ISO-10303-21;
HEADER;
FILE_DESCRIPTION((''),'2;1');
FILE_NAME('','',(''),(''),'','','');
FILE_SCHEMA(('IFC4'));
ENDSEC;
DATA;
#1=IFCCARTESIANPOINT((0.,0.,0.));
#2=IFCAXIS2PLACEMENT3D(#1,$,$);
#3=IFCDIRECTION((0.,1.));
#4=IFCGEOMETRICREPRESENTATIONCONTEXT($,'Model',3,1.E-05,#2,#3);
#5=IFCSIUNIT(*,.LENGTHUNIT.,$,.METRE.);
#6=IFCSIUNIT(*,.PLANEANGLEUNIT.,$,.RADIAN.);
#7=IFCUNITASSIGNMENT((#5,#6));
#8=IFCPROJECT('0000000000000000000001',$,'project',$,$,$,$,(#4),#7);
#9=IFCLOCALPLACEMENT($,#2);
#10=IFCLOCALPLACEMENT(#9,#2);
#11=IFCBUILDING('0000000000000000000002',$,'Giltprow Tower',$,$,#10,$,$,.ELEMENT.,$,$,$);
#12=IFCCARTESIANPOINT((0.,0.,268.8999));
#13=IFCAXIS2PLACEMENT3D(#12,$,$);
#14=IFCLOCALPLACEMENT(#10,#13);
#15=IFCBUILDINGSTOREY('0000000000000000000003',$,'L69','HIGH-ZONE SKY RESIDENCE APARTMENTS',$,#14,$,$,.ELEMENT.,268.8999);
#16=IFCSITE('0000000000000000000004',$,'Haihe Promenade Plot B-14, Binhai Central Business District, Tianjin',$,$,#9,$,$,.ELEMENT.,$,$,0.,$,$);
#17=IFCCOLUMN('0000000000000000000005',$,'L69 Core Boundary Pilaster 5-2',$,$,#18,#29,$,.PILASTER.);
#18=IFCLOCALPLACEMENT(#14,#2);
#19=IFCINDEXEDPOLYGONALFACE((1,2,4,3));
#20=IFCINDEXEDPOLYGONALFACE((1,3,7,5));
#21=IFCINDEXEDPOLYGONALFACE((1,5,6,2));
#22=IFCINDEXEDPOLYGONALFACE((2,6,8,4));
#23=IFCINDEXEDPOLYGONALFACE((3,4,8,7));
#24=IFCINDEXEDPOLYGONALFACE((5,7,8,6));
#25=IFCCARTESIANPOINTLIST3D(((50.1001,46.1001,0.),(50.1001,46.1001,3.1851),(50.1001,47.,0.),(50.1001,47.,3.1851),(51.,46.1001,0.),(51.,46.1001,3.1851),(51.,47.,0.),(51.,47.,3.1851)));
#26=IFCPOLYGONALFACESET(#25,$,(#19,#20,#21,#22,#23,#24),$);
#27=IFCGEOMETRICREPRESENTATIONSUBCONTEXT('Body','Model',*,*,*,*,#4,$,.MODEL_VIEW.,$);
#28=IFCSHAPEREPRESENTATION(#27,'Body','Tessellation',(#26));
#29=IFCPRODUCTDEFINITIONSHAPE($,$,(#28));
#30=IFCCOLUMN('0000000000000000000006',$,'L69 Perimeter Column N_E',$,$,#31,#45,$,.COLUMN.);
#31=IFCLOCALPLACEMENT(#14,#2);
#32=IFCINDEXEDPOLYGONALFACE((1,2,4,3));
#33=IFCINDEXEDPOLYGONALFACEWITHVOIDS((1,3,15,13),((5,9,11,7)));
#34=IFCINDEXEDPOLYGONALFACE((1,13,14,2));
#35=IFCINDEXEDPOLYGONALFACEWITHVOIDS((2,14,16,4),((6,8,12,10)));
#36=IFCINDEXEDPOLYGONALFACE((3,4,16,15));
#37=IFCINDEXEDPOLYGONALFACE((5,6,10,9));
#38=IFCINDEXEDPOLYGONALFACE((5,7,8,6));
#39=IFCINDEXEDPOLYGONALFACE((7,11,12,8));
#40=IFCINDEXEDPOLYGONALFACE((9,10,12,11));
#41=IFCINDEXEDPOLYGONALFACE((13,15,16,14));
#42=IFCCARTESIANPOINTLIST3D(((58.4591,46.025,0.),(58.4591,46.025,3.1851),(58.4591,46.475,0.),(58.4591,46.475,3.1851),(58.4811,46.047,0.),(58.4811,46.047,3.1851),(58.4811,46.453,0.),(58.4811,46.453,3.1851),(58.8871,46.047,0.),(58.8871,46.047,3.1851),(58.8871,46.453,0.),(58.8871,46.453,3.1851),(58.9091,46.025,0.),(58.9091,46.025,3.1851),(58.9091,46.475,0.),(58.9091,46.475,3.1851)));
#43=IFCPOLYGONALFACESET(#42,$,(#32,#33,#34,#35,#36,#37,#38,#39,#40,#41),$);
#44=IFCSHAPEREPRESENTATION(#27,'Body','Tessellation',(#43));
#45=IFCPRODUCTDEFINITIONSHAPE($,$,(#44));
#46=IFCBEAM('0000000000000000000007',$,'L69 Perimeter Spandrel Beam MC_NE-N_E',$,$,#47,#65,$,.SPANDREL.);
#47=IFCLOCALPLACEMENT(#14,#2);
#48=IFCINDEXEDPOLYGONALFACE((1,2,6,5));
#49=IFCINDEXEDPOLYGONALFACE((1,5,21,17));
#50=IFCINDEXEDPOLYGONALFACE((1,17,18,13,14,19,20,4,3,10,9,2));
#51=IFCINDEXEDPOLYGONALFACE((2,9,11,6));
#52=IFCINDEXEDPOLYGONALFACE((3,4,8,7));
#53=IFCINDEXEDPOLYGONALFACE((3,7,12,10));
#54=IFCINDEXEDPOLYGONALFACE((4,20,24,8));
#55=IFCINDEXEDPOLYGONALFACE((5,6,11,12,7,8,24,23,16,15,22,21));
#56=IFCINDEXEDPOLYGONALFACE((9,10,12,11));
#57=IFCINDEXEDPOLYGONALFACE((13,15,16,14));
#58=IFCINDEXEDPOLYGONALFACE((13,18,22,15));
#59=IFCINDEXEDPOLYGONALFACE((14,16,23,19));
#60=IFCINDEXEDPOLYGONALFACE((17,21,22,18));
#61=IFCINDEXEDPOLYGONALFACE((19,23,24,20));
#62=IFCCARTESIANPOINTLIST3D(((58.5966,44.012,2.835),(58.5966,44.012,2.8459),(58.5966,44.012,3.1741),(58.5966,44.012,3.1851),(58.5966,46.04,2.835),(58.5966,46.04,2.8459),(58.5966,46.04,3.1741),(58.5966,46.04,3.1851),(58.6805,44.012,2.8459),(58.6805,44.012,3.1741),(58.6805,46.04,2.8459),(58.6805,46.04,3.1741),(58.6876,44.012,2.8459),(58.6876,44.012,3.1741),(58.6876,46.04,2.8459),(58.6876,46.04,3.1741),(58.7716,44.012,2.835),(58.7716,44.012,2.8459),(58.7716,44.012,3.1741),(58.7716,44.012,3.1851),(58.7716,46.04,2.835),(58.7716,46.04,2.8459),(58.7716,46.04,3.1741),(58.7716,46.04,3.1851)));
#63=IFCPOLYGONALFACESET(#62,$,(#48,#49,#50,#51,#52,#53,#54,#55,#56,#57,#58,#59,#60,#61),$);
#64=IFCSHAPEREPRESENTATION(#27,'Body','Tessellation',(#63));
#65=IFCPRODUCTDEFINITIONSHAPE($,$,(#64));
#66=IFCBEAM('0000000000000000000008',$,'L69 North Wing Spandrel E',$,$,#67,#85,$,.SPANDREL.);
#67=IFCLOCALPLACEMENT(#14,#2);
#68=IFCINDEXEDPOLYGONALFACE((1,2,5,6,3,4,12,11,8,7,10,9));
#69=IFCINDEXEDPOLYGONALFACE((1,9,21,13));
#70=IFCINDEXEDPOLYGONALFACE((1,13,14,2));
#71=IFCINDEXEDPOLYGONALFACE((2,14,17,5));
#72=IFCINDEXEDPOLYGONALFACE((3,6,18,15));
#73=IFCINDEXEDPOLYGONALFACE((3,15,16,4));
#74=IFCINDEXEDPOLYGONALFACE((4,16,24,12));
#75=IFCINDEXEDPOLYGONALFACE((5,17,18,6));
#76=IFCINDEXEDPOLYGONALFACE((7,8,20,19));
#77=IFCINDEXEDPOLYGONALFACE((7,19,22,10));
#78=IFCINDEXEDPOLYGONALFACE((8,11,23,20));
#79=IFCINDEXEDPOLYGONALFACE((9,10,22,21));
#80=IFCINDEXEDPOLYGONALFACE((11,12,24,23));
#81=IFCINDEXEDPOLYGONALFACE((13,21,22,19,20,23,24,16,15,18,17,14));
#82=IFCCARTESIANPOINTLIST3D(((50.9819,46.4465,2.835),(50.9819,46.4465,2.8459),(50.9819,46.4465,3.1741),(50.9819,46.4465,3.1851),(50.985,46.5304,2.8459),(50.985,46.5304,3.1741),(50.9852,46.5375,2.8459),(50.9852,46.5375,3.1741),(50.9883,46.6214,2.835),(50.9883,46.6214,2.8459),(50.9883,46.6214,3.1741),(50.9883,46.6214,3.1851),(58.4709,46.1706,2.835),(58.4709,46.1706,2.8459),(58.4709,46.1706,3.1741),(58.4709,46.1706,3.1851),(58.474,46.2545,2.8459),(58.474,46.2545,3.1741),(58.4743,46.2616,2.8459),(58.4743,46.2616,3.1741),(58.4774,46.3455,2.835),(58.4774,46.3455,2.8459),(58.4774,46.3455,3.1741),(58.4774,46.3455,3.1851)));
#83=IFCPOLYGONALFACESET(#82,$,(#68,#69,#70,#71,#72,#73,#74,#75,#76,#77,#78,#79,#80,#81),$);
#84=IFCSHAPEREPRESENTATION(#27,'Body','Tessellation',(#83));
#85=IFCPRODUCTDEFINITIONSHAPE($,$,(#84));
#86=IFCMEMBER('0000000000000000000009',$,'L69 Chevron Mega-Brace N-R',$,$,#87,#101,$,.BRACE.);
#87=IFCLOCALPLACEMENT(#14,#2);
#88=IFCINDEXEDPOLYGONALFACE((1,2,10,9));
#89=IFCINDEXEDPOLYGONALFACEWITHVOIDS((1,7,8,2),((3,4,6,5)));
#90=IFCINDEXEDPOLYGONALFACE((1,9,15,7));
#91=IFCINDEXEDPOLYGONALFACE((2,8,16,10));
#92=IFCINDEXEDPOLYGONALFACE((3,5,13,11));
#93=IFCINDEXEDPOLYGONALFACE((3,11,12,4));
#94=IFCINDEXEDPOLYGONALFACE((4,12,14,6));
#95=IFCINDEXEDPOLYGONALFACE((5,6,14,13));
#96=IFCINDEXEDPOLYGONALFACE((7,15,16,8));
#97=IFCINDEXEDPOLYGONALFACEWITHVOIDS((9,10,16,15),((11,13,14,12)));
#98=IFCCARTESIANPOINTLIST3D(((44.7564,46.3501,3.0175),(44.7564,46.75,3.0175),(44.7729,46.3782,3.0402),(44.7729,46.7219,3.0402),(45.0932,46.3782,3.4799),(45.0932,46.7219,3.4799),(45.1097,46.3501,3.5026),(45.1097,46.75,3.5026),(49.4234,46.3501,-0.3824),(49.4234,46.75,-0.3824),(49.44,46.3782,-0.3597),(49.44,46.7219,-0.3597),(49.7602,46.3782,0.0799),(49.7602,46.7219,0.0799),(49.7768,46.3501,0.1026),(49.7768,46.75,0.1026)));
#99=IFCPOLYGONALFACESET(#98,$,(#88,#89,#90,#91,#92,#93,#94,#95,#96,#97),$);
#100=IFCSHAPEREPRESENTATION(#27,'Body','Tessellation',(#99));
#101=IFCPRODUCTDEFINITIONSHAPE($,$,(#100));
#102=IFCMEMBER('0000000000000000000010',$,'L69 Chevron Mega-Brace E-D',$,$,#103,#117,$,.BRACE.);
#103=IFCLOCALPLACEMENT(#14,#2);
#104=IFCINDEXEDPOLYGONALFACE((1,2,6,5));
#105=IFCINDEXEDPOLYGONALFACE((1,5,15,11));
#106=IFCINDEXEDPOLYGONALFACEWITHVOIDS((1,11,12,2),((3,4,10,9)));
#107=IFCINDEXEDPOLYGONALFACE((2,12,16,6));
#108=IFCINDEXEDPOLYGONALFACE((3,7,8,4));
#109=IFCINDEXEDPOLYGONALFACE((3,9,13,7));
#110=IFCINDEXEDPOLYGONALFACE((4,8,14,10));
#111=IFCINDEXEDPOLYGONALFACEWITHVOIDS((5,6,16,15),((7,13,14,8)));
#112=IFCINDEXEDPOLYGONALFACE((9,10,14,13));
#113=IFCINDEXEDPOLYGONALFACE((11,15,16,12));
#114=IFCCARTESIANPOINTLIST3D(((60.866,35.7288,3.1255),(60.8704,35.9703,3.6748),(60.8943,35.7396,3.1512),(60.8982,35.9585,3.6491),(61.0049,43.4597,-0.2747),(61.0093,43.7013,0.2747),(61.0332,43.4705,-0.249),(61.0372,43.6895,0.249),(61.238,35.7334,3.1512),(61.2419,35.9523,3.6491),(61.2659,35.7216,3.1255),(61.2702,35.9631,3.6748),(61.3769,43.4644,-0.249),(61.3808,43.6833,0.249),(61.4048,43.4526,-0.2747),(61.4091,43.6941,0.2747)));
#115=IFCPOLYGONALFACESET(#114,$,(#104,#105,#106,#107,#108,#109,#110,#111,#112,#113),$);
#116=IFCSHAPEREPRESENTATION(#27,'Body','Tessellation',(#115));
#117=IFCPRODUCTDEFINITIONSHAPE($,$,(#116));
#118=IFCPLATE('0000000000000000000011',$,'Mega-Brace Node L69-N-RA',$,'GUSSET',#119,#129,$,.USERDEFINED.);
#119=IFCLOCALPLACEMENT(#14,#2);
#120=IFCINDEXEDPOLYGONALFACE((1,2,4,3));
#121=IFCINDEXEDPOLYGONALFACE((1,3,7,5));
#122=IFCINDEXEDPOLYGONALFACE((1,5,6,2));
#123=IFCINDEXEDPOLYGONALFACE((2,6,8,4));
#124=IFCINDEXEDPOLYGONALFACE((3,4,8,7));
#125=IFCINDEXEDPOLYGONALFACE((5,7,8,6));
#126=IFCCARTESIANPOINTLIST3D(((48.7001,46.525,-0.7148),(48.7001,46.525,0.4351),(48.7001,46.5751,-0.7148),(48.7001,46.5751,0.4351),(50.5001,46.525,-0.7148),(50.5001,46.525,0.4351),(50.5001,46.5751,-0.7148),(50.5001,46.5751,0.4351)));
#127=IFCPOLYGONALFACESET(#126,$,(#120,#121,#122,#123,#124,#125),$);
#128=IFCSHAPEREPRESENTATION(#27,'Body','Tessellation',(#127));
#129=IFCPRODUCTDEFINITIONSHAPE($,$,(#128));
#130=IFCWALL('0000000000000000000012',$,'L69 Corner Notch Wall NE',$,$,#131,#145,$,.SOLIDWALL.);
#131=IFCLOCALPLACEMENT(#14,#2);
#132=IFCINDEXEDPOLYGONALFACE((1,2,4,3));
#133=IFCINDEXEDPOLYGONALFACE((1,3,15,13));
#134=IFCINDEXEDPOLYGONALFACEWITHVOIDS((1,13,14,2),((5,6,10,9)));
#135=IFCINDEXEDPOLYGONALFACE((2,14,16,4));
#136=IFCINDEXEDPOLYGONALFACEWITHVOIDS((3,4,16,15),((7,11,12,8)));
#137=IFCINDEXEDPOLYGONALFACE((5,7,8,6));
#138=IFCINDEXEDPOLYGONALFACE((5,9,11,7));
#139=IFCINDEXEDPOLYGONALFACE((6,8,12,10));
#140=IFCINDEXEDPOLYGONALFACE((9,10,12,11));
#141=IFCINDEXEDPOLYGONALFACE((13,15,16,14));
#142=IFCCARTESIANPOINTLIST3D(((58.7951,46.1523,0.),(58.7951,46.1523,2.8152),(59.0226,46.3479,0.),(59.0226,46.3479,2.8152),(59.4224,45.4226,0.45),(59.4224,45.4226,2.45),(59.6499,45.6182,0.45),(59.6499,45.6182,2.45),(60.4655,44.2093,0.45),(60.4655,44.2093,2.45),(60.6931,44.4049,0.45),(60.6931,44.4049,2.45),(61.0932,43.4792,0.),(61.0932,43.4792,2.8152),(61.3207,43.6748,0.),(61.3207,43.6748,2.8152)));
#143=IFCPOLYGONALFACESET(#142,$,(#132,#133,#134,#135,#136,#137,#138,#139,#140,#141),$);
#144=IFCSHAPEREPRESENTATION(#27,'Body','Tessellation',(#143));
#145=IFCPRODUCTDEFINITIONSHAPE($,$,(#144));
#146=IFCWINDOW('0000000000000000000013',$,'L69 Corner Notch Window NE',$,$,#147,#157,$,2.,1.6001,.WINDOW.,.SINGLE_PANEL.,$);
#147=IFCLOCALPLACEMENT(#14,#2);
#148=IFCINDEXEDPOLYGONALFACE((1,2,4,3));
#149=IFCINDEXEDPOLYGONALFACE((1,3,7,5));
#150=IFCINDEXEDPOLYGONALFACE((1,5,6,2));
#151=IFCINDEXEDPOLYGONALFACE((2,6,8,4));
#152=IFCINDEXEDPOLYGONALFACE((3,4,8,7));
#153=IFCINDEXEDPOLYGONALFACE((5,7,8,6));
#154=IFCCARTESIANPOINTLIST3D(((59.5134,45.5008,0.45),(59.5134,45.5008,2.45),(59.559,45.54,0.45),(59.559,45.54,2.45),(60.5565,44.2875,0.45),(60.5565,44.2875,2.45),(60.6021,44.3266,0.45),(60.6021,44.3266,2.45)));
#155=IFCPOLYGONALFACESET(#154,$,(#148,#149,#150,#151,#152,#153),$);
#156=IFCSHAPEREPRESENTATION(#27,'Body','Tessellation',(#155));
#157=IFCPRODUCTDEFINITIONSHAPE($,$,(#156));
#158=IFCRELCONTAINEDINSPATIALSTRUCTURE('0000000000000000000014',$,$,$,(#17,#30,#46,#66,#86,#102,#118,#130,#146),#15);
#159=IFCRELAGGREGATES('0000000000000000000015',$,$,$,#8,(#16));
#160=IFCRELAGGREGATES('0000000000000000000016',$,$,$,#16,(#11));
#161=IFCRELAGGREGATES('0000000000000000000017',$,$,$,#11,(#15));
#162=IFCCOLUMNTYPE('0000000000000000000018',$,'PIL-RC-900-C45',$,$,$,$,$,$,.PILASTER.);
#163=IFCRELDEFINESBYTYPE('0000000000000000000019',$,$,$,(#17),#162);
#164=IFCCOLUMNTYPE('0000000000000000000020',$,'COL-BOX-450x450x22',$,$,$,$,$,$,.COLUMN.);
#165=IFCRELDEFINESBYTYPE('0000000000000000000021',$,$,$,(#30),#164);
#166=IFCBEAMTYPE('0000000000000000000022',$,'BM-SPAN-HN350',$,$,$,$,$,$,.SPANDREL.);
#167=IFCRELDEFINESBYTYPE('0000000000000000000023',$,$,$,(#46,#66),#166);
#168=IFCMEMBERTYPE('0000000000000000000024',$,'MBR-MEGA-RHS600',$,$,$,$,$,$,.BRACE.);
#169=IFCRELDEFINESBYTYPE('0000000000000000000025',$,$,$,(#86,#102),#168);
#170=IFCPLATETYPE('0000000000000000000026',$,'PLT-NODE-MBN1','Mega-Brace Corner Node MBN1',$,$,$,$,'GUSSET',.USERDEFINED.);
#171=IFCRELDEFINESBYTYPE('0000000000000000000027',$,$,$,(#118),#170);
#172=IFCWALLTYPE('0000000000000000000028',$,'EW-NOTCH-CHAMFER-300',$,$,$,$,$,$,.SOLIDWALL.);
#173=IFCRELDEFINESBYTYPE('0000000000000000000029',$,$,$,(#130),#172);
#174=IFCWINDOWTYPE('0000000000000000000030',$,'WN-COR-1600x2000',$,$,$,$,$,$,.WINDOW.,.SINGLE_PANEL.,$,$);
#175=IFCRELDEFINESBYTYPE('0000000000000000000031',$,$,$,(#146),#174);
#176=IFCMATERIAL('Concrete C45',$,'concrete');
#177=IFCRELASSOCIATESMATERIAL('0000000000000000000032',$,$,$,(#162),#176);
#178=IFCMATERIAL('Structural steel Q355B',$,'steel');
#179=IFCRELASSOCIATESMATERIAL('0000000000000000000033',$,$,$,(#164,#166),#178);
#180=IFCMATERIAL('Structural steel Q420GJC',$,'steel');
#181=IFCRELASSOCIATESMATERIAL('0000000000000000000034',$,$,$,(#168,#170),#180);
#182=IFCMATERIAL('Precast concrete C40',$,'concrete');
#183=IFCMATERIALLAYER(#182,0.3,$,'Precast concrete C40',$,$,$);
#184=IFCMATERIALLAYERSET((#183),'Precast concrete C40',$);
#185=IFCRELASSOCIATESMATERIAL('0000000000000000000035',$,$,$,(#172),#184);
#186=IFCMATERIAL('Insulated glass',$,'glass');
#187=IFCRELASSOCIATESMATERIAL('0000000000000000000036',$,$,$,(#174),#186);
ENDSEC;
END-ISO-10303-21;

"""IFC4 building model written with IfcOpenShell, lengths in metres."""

from ifc_helpers import new_model, si_unit, direction, frame, frame_2d, origin, origin_2d, place, context, subcontext, project, spatial, rectangle, hollow_rectangle, i_section, extrude, source, transform, mapped, material, layer, layer_set, material_profile, profile_set, type_object, element, fill, save


model = new_model("IFC4")

# Units and contexts
model_context = context("Model", 3, precision=1e-05, world=origin(), true_north=direction((0.0, 1.0)))
body_context = subcontext(model_context, "Body", "Model", "MODEL_VIEW")
ifc_project = project(units=[si_unit("LENGTHUNIT", "METRE"), si_unit("PLANEANGLEUNIT", "RADIAN")], contexts=[model_context])

# Site, building, storey
site_placement = place(None, origin())
site = spatial("IfcSite", under=ifc_project, at=site_placement, Name="Haihe Promenade Plot B-14, Binhai Central Business District, Tianjin", CompositionType="ELEMENT", RefElevation=0.0)
building_placement = place(site_placement, origin())
building = spatial("IfcBuilding", under=site, at=building_placement, Name="Giltprow Tower", CompositionType="ELEMENT")
storey_placement = place(building_placement, frame((0.0, 0.0, 268.8999)))
storey = spatial("IfcBuildingStorey", under=building, at=storey_placement, Name="L69", Description="HIGH-ZONE SKY RESIDENCE APARTMENTS", CompositionType="ELEMENT", Elevation=268.8999)

# Columns
ifc_material_1 = material(Name="Concrete C45", Category="concrete")
ifc_material_profile_1 = material_profile(ifc_material_1, rectangle(XDim=0.8999, YDim=0.8999, at=origin_2d()), Name="RC 900x900")
ifc_profile_set_1 = profile_set([ifc_material_profile_1], Name="Concrete C45")
column_type_1 = type_object("IfcColumnType", Name="PIL-RC-900-C45", PredefinedType="PILASTER", material=ifc_profile_set_1)
shared_shape_1 = source(origin(), body_context, "Body", "SweptSolid", [
    extrude(rectangle(XDim=0.8999, YDim=0.8999, at=origin_2d()), origin(), (0.0, 0.0, 1.0), 3.1851),
])
column_1_placement = place(storey_placement, frame((50.55, 46.55, 0.0), z_axis=(0.0, 0.0, 1.0), x_axis=(1.0, 0.0, 0.0)))
element("IfcColumn", 1, at=column_1_placement, inside=storey, type_object=column_type_1, Name="L69 Core Boundary Pilaster 5-2", PredefinedType="PILASTER", context=body_context, shape_type="MappedRepresentation", body=[
    mapped(shared_shape_1, transform((0.0, 0.0, 0.0), x_axis=(1.0, 0.0, 0.0), y_axis=(0.0, 1.0, 0.0), z_axis=(0.0, 0.0, 1.0), scale=1.0)),
])
ifc_material_2 = material(Name="Structural steel Q355B", Category="steel")
ifc_material_profile_2 = material_profile(ifc_material_2, hollow_rectangle(XDim=0.45, YDim=0.45, WallThickness=0.022, at=origin_2d()), Name="BOX 450x450x22")
ifc_profile_set_2 = profile_set([ifc_material_profile_2], Name="Structural steel Q355B")
column_type_2 = type_object("IfcColumnType", Name="COL-BOX-450x450x22", PredefinedType="COLUMN", material=ifc_profile_set_2)
shared_shape_2 = source(origin(), body_context, "Body", "SweptSolid", [
    extrude(hollow_rectangle(XDim=0.45, YDim=0.45, WallThickness=0.022, at=origin_2d()), origin(), (0.0, 0.0, 1.0), 3.1851),
])
column_2_placement = place(storey_placement, frame((58.6841, 46.25, 0.0), z_axis=(0.0, 0.0, 1.0), x_axis=(1.0, 0.0, 0.0)))
element("IfcColumn", 2, at=column_2_placement, inside=storey, type_object=column_type_2, Name="L69 Perimeter Column N_E", PredefinedType="COLUMN", context=body_context, shape_type="MappedRepresentation", body=[
    mapped(shared_shape_2, transform((0.0, 0.0, 0.0), x_axis=(1.0, 0.0, 0.0), y_axis=(0.0, 1.0, 0.0), z_axis=(0.0, 0.0, 1.0), scale=1.0)),
])

# Beams
ifc_material_profile_3 = material_profile(ifc_material_2, i_section(OverallWidth=0.175, OverallDepth=0.3501, WebThickness=0.0071, FlangeThickness=0.011, at=origin_2d()), Name="HN 350x175x7x11")
ifc_profile_set_3 = profile_set([ifc_material_profile_3], Name="Structural steel Q355B")
beam_type = type_object("IfcBeamType", Name="BM-SPAN-HN350", PredefinedType="SPANDREL", material=ifc_profile_set_3)
shared_shape_3 = source(origin(), body_context, "Body", "SweptSolid", [
    extrude(i_section(OverallWidth=0.175, OverallDepth=0.3501, WebThickness=0.0071, FlangeThickness=0.011, at=origin_2d()), origin(), (0.0, 0.0, 1.0), 2.0281),
])
beam_1_placement = place(storey_placement, frame((58.6841, 44.012, 3.01), z_axis=(0.0, 1.0, 0.0), x_axis=(-1.0, 0.0, 0.0)))
element("IfcBeam", 3, at=beam_1_placement, inside=storey, type_object=beam_type, Name="L69 Perimeter Spandrel Beam MC_NE-N_E", PredefinedType="SPANDREL", context=body_context, shape_type="MappedRepresentation", body=[
    mapped(shared_shape_3, transform((0.0, 0.0, 0.0), x_axis=(1.0, 0.0, 0.0), y_axis=(0.0, 1.0, 0.0), z_axis=(0.0, 0.0, 1.0), scale=1.0)),
])
shared_shape_4 = source(origin(), body_context, "Body", "SweptSolid", [
    extrude(i_section(OverallWidth=0.175, OverallDepth=0.3501, WebThickness=0.0071, FlangeThickness=0.011, at=origin_2d()), origin(), (0.0, 0.0, 1.0), 7.4941),
])
beam_2_placement = place(storey_placement, frame((50.9851, 46.5339, 3.01), z_axis=(0.999322, -0.036813, 0.0), x_axis=(0.036813, 0.999322, 0.0)))
element("IfcBeam", 4, at=beam_2_placement, inside=storey, type_object=beam_type, Name="L69 North Wing Spandrel E", PredefinedType="SPANDREL", context=body_context, shape_type="MappedRepresentation", body=[
    mapped(shared_shape_4, transform((0.0, 0.0, 0.0), x_axis=(1.0, 0.0, 0.0), y_axis=(0.0, 1.0, 0.0), z_axis=(0.0, 0.0, 1.0), scale=1.0)),
])

# Members
ifc_material_3 = material(Name="Structural steel Q420GJC", Category="steel")
ifc_material_profile_4 = material_profile(ifc_material_3, hollow_rectangle(XDim=0.3999, YDim=0.6001, WallThickness=0.0281, at=origin_2d()), Name="RHS 600x400x28")
ifc_profile_set_4 = profile_set([ifc_material_profile_4], Name="Structural steel Q420GJC")
member_type = type_object("IfcMemberType", Name="MBR-MEGA-RHS600", PredefinedType="BRACE", material=ifc_profile_set_4)
shared_shape_5 = source(origin(), body_context, "Body", "SweptSolid", [
    extrude(hollow_rectangle(XDim=0.3999, YDim=0.6001, WallThickness=0.0281, at=origin_2d()), origin(), (0.0, 0.0, 1.0), 5.7742),
])
member_1_placement = place(storey_placement, frame((49.6001, 46.55, -0.1399), z_axis=(-0.808264, 0.0, 0.58882), x_axis=(0.0, -1.0, 0.0)))
element("IfcMember", 5, at=member_1_placement, inside=storey, type_object=member_type, Name="L69 Chevron Mega-Brace N-R", PredefinedType="BRACE", context=body_context, shape_type="MappedRepresentation", body=[
    mapped(shared_shape_5, transform((0.0, 0.0, 0.0), x_axis=(1.0, 0.0, 0.0), y_axis=(0.0, 1.0, 0.0), z_axis=(0.0, 0.0, 1.0), scale=1.0)),
])
shared_shape_6 = source(origin(), body_context, "Body", "SweptSolid", [
    extrude(hollow_rectangle(XDim=0.3999, YDim=0.6001, WallThickness=0.0281, at=origin_2d()), origin(), (0.0, 0.0, 1.0), 8.4468),
])
member_2_placement = place(storey_placement, frame((61.207, 43.5769, 0.0), z_axis=(-0.016446, -0.915256, 0.402538), x_axis=(0.999839, -0.017966, 0.0)))
element("IfcMember", 6, at=member_2_placement, inside=storey, type_object=member_type, Name="L69 Chevron Mega-Brace E-D", PredefinedType="BRACE", context=body_context, shape_type="MappedRepresentation", body=[
    mapped(shared_shape_6, transform((0.0, 0.0, 0.0), x_axis=(1.0, 0.0, 0.0), y_axis=(0.0, 1.0, 0.0), z_axis=(0.0, 0.0, 1.0), scale=1.0)),
])

# Plate
plate_type = type_object("IfcPlateType", Name="PLT-NODE-MBN1", Description="Mega-Brace Corner Node MBN1", ElementType="GUSSET", PredefinedType="USERDEFINED", material=ifc_material_3)
shared_shape_7 = source(origin(), body_context, "Body", "SweptSolid", [
    extrude(rectangle(XDim=1.8, YDim=0.05, at=origin_2d()), origin(), (0.0, 0.0, 1.0), 1.1499),
])
plate_placement = place(storey_placement, frame((49.6001, 46.55, -0.7148), z_axis=(0.0, 0.0, 1.0), x_axis=(1.0, 0.0, 0.0)))
element("IfcPlate", 7, at=plate_placement, inside=storey, type_object=plate_type, Name="Mega-Brace Node L69-N-RA", ObjectType="GUSSET", PredefinedType="USERDEFINED", context=body_context, shape_type="MappedRepresentation", body=[
    mapped(shared_shape_7, transform((0.0, 0.0, 0.0), x_axis=(1.0, 0.0, 0.0), y_axis=(0.0, 1.0, 0.0), z_axis=(0.0, 0.0, 1.0), scale=1.0)),
])

# Wall, opening, window
ifc_material_4 = material(Name="Precast concrete C40", Category="concrete")
ifc_layer_1 = layer(ifc_material_4, 0.3, Name="Precast concrete C40")
ifc_layer_set_1 = layer_set([ifc_layer_1], Name="Precast concrete C40")
wall_type_1 = type_object("IfcWallType", Name="EW-NOTCH-CHAMFER-300", PredefinedType="SOLIDWALL", material=ifc_layer_set_1)
wall_1_placement = place(storey_placement, frame((61.207, 43.5769, 0.0), z_axis=(0.0, 0.0, 1.0), x_axis=(-0.651914, 0.758293, 0.0)))
wall_1 = element("IfcWall", 8, at=wall_1_placement, inside=storey, type_object=wall_type_1, Name="L69 Corner Notch Wall NE", PredefinedType="SOLIDWALL", context=body_context, shape_type="SweptSolid", body=[
    extrude(rectangle(XDim=3.5251, YDim=0.3, at=frame_2d((1.7627, 0.0))), origin(), (0.0, 0.0, 1.0), 2.8152),
])
opening_1_placement = place(wall_1_placement, frame((0.9629, 0.0, 0.45)))
opening_1 = element("IfcOpeningElement", 9, at=opening_1_placement, cuts=wall_1, PredefinedType="OPENING", context=body_context, shape_type="SweptSolid", body=[
    extrude(rectangle(XDim=1.6001, YDim=2.0, at=frame_2d((0.8, 1.0))), frame((0.0, 0.1599, 0.0), z_axis=(0.0, -1.0, 0.0), x_axis=(1.0, 0.0, 0.0)), (0.0, 0.0, 1.0), 0.3201),
])
ifc_material_5 = material(Name="Insulated glass", Category="glass")
window_type = type_object("IfcWindowType", Name="WN-COR-1600x2000", PartitioningType="SINGLE_PANEL", PredefinedType="WINDOW", material=ifc_material_5)
shared_shape_8 = source(origin(), body_context, "Body", "SweptSolid", [
    extrude(rectangle(XDim=1.6001, YDim=2.0, at=frame_2d((0.8, 1.0))), frame((0.0, 0.03, 0.0), z_axis=(0.0, -1.0, 0.0), x_axis=(1.0, 0.0, 0.0)), (0.0, 0.0, 1.0), 0.0601),
])
window_1_placement = place(opening_1_placement, origin())
window_1 = element("IfcWindow", 10, at=window_1_placement, inside=storey, type_object=window_type, Name="L69 Corner Notch Window NE", OverallHeight=2.0, OverallWidth=1.6001, PartitioningType="SINGLE_PANEL", PredefinedType="WINDOW", context=body_context, shape_type="MappedRepresentation", body=[
    mapped(shared_shape_8, transform((0.0, 0.0, 0.0), x_axis=(1.0, 0.0, 0.0), y_axis=(0.0, 1.0, 0.0), z_axis=(0.0, 0.0, 1.0), scale=1.0)),
])
fill(opening_1, window_1)

save(model, "model.ifc")
